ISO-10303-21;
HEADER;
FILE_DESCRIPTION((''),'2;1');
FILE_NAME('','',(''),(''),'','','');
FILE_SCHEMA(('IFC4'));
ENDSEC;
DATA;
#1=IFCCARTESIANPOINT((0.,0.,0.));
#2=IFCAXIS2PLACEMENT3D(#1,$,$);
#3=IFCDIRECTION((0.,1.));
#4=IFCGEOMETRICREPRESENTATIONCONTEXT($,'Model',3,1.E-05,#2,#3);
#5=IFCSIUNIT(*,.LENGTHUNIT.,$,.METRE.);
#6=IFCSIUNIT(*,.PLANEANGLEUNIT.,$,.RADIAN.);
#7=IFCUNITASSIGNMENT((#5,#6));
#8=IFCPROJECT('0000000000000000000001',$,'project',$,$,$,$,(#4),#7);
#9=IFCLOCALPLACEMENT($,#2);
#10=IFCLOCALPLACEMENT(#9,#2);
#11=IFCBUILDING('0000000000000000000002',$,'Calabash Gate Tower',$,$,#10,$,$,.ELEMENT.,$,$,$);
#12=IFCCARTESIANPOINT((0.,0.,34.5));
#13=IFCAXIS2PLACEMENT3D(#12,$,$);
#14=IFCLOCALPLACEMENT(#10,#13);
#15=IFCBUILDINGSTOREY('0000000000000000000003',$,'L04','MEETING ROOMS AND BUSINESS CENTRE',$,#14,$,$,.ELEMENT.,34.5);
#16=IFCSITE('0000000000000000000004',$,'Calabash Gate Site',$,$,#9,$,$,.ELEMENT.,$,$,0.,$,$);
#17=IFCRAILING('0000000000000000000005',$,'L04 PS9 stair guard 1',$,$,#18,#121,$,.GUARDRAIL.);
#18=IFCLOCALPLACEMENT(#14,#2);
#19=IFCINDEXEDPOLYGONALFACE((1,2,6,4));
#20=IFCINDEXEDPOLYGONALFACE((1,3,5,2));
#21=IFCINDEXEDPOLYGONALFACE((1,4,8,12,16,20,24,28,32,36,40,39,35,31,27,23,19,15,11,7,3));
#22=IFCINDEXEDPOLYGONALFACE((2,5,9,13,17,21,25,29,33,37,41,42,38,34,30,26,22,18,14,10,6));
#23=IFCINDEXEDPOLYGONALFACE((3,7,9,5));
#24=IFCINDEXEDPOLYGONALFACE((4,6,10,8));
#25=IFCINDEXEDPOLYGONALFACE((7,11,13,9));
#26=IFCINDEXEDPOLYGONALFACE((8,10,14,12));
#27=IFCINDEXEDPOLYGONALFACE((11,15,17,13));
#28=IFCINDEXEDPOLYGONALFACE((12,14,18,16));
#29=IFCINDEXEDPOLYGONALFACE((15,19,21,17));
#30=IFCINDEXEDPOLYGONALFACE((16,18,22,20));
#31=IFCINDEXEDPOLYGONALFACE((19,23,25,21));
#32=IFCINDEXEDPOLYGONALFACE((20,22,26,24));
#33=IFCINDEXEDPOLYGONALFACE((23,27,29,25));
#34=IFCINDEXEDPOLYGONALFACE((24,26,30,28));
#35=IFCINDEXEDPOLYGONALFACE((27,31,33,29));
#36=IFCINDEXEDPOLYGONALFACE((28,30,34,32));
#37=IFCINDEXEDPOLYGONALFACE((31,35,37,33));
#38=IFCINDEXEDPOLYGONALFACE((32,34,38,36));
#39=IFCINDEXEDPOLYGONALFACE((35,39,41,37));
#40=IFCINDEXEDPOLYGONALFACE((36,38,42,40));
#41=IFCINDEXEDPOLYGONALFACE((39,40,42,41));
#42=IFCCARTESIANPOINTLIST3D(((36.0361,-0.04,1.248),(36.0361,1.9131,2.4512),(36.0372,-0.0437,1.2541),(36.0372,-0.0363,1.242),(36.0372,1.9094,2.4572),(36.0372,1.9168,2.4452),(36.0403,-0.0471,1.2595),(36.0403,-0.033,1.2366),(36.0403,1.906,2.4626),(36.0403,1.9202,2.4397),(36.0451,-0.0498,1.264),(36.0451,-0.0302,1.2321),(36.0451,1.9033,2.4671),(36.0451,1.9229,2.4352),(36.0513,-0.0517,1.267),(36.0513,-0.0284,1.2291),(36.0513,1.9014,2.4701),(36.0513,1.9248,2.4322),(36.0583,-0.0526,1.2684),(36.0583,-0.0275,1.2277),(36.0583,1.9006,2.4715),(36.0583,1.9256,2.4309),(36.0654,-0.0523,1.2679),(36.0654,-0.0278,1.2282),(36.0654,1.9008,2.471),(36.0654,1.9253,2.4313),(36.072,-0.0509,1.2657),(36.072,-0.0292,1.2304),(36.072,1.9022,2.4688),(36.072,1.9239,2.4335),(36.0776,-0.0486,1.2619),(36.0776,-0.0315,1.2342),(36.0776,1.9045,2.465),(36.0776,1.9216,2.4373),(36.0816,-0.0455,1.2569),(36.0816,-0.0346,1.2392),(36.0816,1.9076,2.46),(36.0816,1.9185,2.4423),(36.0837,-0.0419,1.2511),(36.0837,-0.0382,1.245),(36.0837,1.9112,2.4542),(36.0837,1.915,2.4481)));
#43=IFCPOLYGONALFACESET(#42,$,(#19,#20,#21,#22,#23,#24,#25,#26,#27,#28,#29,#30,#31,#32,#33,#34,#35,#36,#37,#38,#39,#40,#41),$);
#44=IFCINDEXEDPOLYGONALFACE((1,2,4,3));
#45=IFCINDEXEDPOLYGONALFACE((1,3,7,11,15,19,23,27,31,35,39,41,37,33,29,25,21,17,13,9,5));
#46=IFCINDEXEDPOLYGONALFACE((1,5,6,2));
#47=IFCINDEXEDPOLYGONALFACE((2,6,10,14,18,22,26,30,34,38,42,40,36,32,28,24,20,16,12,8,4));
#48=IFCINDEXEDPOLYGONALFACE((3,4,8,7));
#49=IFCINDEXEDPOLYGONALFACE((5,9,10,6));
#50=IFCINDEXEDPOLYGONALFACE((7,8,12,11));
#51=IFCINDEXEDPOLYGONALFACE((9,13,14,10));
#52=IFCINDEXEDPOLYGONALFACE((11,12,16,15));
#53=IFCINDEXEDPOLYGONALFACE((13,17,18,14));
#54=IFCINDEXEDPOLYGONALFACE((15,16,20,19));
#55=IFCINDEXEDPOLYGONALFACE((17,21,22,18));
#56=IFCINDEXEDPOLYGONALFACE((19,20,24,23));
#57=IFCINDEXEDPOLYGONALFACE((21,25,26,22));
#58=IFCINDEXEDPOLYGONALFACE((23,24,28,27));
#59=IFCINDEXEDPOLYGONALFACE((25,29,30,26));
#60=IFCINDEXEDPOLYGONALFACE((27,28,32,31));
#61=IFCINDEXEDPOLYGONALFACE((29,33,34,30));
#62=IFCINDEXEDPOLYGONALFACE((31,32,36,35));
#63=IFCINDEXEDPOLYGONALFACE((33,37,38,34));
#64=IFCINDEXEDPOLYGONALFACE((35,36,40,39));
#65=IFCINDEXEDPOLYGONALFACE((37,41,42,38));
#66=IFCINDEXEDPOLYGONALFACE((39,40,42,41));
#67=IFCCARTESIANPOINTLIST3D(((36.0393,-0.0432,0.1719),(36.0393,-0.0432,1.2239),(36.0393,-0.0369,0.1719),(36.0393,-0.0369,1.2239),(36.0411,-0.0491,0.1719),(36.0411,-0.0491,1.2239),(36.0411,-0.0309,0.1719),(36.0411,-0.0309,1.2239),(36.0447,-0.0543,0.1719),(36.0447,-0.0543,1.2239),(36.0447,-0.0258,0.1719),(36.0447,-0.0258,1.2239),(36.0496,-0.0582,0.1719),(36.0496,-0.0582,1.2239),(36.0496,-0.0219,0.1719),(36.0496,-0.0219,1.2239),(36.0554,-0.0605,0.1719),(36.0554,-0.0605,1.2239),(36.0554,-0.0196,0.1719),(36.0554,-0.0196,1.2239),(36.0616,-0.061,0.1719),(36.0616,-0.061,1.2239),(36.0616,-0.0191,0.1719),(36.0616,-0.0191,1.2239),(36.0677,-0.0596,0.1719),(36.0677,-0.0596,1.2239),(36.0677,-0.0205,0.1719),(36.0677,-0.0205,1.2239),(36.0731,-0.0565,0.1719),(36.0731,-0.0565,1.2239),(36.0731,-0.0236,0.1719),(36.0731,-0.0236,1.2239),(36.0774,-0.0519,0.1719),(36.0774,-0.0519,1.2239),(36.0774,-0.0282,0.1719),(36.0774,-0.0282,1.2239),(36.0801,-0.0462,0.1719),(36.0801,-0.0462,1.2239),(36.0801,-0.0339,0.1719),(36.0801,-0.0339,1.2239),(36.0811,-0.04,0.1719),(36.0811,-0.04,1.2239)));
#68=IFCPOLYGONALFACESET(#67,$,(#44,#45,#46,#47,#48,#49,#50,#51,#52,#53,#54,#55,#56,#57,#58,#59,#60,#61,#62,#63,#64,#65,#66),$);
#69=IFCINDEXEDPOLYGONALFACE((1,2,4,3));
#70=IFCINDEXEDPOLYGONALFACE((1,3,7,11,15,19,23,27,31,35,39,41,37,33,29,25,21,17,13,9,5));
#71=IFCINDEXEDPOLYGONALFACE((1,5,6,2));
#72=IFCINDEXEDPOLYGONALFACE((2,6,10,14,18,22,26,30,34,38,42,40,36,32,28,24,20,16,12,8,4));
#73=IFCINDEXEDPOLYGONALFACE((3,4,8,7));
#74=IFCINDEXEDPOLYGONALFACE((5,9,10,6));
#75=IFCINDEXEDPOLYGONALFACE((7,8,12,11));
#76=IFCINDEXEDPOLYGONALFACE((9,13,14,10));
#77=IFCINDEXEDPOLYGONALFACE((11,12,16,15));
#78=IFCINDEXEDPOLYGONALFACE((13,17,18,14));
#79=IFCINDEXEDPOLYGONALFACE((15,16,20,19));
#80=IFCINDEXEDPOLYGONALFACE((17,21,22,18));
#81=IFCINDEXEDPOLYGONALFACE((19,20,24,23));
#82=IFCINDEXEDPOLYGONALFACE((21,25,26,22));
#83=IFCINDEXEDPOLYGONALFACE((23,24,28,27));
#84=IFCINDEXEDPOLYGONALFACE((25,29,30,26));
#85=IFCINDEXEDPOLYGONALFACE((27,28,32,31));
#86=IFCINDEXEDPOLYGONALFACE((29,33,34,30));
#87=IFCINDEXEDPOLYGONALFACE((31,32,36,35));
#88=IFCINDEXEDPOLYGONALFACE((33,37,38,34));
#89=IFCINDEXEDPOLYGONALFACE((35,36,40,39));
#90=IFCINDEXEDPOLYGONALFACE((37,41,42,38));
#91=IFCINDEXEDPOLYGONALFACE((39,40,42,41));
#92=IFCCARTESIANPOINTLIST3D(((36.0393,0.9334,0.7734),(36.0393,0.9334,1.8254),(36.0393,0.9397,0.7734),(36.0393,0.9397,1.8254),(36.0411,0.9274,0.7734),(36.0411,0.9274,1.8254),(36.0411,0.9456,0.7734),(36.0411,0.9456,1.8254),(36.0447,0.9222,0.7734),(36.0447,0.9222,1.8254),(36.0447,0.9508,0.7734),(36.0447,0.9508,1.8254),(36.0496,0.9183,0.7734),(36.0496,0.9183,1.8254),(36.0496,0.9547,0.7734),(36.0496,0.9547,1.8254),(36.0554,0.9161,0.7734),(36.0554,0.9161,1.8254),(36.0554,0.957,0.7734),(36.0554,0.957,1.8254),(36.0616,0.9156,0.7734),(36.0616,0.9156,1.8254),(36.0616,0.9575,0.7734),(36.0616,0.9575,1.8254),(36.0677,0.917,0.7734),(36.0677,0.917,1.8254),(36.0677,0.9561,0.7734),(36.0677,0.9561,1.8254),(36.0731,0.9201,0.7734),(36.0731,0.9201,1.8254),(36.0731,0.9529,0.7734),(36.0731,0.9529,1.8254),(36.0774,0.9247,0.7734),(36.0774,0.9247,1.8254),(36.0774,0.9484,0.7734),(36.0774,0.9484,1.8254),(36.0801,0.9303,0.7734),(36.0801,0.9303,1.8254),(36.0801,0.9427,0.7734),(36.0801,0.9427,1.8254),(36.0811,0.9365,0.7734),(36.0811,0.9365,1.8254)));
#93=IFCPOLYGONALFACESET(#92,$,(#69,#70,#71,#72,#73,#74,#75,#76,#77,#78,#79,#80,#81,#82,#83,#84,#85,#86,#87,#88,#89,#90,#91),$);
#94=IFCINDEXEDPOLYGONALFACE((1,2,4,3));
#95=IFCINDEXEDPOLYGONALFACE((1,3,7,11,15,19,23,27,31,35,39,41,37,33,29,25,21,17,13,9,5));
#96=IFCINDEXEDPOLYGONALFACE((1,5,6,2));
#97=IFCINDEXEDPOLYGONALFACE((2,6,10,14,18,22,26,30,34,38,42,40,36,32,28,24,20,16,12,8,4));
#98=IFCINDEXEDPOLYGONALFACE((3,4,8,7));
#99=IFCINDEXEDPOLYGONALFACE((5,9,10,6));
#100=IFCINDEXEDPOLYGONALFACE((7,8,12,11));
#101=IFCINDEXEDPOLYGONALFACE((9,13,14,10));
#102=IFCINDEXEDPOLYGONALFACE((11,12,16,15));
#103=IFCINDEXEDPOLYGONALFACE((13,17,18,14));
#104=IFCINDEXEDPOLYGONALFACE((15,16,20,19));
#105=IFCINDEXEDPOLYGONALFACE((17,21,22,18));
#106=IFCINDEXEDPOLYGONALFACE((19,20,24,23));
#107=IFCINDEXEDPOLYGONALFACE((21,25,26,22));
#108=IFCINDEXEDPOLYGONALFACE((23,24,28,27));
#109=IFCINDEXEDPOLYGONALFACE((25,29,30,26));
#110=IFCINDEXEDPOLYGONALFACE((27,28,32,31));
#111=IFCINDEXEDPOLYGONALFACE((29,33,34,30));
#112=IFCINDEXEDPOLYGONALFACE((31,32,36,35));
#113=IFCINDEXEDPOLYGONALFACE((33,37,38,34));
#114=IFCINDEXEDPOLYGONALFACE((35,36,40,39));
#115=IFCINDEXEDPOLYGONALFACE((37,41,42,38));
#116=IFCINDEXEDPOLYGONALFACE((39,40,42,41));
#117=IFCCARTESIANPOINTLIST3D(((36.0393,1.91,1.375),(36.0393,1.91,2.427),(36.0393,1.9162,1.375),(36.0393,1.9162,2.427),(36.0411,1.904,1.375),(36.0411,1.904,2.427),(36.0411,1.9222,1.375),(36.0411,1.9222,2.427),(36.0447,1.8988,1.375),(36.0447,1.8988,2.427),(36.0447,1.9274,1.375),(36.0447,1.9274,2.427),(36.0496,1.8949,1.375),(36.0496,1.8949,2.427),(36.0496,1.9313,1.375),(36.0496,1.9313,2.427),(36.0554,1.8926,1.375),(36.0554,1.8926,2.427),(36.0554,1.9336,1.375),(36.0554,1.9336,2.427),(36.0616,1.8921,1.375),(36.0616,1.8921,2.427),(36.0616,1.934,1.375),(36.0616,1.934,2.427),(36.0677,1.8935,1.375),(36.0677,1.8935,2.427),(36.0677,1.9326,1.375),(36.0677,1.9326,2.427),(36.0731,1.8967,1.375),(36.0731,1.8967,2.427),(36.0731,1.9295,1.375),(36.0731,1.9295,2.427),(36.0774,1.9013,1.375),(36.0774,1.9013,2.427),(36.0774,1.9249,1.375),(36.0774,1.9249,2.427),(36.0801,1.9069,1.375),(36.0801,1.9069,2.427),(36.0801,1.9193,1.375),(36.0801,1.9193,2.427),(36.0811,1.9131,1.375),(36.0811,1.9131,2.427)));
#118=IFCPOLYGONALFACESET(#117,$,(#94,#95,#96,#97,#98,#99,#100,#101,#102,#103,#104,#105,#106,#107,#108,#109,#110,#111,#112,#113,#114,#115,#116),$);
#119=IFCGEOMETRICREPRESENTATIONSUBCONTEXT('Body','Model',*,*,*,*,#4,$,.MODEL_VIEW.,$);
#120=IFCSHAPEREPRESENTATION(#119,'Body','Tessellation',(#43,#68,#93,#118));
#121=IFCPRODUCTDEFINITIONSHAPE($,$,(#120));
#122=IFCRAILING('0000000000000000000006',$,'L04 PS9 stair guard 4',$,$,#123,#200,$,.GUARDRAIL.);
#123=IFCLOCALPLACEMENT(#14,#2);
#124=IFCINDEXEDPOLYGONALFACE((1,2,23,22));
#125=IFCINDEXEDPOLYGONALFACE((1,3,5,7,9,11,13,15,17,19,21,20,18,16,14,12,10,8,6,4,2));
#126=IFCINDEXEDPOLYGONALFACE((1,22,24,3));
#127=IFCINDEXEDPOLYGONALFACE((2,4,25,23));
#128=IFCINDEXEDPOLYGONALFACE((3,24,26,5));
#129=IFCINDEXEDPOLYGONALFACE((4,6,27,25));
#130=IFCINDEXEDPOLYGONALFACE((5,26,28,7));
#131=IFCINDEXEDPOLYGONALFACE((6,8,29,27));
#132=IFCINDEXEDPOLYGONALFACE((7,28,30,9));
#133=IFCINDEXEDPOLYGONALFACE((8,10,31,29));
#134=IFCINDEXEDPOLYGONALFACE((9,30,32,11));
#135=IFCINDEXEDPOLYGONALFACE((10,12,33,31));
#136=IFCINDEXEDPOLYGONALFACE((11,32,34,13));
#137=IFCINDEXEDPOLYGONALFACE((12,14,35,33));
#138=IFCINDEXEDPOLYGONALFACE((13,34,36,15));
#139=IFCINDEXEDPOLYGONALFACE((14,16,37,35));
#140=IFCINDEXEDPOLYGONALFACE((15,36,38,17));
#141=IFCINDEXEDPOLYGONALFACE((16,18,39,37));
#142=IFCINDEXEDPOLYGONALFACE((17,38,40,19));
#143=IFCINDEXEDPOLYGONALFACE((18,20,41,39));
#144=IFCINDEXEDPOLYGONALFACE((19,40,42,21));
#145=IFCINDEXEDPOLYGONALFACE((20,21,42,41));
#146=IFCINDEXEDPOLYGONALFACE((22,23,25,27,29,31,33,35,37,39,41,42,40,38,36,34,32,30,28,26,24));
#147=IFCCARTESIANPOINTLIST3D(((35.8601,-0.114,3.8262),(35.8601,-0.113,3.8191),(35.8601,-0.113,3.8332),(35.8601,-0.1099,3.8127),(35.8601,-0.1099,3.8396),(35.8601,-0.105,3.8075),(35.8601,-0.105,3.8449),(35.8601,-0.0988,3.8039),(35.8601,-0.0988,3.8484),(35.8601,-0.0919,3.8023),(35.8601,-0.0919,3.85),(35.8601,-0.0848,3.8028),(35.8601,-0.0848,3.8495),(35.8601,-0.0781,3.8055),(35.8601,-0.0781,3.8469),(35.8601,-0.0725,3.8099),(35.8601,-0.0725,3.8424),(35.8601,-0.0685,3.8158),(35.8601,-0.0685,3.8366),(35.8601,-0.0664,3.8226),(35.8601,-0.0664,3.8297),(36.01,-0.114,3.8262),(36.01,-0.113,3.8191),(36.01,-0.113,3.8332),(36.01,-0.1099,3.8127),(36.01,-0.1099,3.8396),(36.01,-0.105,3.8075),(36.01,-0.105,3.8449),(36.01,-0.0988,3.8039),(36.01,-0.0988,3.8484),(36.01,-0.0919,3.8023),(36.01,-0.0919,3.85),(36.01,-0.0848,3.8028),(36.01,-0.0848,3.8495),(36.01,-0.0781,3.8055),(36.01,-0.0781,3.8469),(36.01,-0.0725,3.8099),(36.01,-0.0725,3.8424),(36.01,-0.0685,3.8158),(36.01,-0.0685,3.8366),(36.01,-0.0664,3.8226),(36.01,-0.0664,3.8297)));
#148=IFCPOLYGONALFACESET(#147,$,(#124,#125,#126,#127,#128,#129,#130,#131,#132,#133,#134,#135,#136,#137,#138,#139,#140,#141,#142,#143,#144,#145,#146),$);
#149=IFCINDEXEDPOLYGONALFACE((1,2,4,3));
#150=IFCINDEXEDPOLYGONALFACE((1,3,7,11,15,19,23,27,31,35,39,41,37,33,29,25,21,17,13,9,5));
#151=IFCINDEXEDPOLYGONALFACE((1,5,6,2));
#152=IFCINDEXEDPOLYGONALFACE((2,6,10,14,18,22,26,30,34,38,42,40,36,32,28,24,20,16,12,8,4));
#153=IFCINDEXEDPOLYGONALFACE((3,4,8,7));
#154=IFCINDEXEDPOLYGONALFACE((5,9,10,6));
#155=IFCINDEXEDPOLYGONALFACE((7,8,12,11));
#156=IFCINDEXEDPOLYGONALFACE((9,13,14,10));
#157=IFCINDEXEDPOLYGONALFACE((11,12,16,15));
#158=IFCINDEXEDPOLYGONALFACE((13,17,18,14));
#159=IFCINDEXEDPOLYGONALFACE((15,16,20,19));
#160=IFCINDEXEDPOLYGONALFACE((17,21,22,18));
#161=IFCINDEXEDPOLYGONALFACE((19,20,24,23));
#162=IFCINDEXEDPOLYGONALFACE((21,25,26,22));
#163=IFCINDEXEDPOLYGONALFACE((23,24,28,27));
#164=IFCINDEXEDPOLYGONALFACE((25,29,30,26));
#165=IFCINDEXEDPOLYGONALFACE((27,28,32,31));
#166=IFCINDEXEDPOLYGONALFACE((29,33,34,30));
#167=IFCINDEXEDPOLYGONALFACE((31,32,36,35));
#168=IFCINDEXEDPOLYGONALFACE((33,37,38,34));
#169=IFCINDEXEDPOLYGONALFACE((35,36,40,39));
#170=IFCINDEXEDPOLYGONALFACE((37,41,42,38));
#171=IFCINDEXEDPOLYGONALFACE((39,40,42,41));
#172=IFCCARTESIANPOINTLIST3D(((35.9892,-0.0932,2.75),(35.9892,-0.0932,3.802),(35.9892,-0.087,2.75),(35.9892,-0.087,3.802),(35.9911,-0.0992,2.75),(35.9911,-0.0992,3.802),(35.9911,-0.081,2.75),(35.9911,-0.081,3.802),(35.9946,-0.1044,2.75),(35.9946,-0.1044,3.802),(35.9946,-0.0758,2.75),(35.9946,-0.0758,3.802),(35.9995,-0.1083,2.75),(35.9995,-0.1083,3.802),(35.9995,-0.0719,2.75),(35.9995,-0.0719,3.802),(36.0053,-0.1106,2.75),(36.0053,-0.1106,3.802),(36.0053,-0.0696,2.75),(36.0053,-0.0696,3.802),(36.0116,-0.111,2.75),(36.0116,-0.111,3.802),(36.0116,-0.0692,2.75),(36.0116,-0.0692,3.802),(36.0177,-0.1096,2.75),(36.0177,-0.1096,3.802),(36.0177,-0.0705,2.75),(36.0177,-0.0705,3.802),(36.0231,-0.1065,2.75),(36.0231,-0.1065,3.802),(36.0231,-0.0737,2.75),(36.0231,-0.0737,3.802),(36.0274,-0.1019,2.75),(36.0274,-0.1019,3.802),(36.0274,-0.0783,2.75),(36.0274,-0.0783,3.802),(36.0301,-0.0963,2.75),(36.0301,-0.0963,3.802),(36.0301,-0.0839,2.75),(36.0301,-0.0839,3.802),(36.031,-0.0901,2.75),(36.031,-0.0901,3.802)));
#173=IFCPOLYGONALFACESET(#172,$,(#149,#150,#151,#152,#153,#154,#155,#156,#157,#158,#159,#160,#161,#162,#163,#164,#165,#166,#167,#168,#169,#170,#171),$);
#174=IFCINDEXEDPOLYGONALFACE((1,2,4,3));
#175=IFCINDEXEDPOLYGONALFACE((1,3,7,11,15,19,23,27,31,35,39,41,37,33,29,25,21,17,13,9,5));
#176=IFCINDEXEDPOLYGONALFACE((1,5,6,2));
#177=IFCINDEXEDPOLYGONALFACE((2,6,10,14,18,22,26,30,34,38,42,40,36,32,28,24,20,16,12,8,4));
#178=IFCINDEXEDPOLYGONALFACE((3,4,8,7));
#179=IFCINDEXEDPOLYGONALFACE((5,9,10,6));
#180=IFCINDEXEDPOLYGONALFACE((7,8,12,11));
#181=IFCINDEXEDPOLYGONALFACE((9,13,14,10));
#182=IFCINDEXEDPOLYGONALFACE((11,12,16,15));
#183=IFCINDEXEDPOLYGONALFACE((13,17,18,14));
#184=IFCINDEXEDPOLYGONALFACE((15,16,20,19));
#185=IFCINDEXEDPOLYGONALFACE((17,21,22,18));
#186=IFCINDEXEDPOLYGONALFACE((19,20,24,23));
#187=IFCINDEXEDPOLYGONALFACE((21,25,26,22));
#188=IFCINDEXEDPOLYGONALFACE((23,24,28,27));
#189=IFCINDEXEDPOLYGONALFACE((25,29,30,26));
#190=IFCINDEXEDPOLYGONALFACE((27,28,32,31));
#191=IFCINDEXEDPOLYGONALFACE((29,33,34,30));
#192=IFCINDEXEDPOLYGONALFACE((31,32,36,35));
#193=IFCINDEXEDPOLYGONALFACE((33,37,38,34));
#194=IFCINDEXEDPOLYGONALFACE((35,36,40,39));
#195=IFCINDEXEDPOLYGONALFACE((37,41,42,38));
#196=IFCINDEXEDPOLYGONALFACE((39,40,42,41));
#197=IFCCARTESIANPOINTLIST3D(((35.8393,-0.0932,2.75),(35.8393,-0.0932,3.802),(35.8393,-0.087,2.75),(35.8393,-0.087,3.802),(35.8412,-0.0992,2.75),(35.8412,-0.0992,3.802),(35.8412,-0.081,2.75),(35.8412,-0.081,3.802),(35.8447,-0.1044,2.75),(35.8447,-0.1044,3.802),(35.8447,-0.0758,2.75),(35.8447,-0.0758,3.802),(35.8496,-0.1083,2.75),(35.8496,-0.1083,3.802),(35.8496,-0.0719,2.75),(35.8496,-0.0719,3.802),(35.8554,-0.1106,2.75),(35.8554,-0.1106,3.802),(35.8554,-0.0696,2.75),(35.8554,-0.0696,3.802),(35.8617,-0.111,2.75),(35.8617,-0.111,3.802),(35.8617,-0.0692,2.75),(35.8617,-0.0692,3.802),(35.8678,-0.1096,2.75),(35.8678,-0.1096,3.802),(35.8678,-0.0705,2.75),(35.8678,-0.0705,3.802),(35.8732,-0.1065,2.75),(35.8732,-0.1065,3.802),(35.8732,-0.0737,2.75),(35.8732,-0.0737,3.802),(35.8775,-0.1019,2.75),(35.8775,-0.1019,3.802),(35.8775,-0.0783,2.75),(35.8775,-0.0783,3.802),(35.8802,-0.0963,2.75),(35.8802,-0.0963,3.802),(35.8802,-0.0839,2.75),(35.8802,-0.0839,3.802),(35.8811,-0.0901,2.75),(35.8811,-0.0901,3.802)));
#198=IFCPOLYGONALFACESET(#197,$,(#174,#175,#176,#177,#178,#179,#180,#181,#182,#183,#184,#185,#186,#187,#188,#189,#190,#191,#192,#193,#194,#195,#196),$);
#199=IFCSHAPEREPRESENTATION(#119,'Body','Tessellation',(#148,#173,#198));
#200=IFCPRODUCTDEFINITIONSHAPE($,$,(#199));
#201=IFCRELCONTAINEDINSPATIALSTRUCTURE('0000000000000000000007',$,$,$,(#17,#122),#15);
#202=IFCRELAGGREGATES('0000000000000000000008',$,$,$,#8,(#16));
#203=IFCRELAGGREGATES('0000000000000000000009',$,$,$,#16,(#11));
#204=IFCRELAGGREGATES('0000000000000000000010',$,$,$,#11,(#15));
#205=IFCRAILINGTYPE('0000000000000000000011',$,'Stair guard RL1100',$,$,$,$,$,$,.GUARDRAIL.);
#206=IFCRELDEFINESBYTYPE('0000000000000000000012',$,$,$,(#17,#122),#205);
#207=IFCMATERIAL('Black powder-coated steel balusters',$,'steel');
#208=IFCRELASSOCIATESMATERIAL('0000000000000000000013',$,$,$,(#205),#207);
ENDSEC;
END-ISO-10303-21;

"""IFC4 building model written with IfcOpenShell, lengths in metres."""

from ifc_helpers import new_model, si_unit, direction, frame, origin, origin_2d, place, context, subcontext, project, spatial, circle, extrude, material, type_object, element, save


model = new_model("IFC4")

# Units and contexts
model_context = context("Model", 3, precision=1e-05, world=origin(), true_north=direction((0.0, 1.0)))
body_context = subcontext(model_context, "Body", "Model", "MODEL_VIEW")
ifc_project = project(units=[si_unit("LENGTHUNIT", "METRE"), si_unit("PLANEANGLEUNIT", "RADIAN")], contexts=[model_context])

# Site, building, storey
site_placement = place(None, origin())
site = spatial("IfcSite", under=ifc_project, at=site_placement, Name="Calabash Gate Site", CompositionType="ELEMENT", RefElevation=0.0)
building_placement = place(site_placement, origin())
building = spatial("IfcBuilding", under=site, at=building_placement, Name="Calabash Gate Tower", CompositionType="ELEMENT")
storey_placement = place(building_placement, frame((0.0, 0.0, 34.5)))
storey = spatial("IfcBuildingStorey", under=building, at=storey_placement, Name="L04", Description="MEETING ROOMS AND BUSINESS CENTRE", CompositionType="ELEMENT", Elevation=34.5)

# Railings
ifc_material_1 = material(Name="Black powder-coated steel balusters", Category="steel")
railing_type_1 = type_object("IfcRailingType", Name="Stair guard RL1100", PredefinedType="GUARDRAIL", material=ifc_material_1)
railing_1_placement = place(storey_placement, frame((36.0601, -0.04, 0.1719)))
element("IfcRailing", 1, at=railing_1_placement, inside=storey, type_object=railing_type_1, Name="L04 PS9 stair guard 1", PredefinedType="GUARDRAIL", context=body_context, shape_type="SweptSolid", body=[
    extrude(circle(Radius=0.0239, at=origin_2d()), frame((0.0, 0.0, 1.0762), z_axis=(0.0, 0.851424, 0.524477), x_axis=(-1.0, 0.0, 0.0)), (0.0, 0.0, 1.0), 2.2939),
    extrude(circle(Radius=0.021, at=origin_2d()), origin(), (0.0, 0.0, 1.0), 1.052),
    extrude(circle(Radius=0.021, at=origin_2d()), frame((0.0, 0.9766, 0.6016)), (0.0, 0.0, 1.0), 1.052),
    extrude(circle(Radius=0.021, at=origin_2d()), frame((0.0, 1.9531, 1.2031)), (0.0, 0.0, 1.0), 1.052),
])
railing_2_placement = place(storey_placement, frame((36.01, -0.0901, 2.75)))
element("IfcRailing", 2, at=railing_2_placement, inside=storey, type_object=railing_type_1, Name="L04 PS9 stair guard 4", PredefinedType="GUARDRAIL", context=body_context, shape_type="SweptSolid", body=[
    extrude(circle(Radius=0.0239, at=origin_2d()), frame((0.0, 0.0, 1.0762), z_axis=(-1.0, 0.0, 0.0), x_axis=(0.0, -1.0, 0.0)), (0.0, 0.0, 1.0), 0.1499),
    extrude(circle(Radius=0.021, at=origin_2d()), origin(), (0.0, 0.0, 1.0), 1.052),
    extrude(circle(Radius=0.021, at=origin_2d()), frame((-0.1499, 0.0, 0.0)), (0.0, 0.0, 1.0), 1.052),
])

save(model, "model.ifc")
